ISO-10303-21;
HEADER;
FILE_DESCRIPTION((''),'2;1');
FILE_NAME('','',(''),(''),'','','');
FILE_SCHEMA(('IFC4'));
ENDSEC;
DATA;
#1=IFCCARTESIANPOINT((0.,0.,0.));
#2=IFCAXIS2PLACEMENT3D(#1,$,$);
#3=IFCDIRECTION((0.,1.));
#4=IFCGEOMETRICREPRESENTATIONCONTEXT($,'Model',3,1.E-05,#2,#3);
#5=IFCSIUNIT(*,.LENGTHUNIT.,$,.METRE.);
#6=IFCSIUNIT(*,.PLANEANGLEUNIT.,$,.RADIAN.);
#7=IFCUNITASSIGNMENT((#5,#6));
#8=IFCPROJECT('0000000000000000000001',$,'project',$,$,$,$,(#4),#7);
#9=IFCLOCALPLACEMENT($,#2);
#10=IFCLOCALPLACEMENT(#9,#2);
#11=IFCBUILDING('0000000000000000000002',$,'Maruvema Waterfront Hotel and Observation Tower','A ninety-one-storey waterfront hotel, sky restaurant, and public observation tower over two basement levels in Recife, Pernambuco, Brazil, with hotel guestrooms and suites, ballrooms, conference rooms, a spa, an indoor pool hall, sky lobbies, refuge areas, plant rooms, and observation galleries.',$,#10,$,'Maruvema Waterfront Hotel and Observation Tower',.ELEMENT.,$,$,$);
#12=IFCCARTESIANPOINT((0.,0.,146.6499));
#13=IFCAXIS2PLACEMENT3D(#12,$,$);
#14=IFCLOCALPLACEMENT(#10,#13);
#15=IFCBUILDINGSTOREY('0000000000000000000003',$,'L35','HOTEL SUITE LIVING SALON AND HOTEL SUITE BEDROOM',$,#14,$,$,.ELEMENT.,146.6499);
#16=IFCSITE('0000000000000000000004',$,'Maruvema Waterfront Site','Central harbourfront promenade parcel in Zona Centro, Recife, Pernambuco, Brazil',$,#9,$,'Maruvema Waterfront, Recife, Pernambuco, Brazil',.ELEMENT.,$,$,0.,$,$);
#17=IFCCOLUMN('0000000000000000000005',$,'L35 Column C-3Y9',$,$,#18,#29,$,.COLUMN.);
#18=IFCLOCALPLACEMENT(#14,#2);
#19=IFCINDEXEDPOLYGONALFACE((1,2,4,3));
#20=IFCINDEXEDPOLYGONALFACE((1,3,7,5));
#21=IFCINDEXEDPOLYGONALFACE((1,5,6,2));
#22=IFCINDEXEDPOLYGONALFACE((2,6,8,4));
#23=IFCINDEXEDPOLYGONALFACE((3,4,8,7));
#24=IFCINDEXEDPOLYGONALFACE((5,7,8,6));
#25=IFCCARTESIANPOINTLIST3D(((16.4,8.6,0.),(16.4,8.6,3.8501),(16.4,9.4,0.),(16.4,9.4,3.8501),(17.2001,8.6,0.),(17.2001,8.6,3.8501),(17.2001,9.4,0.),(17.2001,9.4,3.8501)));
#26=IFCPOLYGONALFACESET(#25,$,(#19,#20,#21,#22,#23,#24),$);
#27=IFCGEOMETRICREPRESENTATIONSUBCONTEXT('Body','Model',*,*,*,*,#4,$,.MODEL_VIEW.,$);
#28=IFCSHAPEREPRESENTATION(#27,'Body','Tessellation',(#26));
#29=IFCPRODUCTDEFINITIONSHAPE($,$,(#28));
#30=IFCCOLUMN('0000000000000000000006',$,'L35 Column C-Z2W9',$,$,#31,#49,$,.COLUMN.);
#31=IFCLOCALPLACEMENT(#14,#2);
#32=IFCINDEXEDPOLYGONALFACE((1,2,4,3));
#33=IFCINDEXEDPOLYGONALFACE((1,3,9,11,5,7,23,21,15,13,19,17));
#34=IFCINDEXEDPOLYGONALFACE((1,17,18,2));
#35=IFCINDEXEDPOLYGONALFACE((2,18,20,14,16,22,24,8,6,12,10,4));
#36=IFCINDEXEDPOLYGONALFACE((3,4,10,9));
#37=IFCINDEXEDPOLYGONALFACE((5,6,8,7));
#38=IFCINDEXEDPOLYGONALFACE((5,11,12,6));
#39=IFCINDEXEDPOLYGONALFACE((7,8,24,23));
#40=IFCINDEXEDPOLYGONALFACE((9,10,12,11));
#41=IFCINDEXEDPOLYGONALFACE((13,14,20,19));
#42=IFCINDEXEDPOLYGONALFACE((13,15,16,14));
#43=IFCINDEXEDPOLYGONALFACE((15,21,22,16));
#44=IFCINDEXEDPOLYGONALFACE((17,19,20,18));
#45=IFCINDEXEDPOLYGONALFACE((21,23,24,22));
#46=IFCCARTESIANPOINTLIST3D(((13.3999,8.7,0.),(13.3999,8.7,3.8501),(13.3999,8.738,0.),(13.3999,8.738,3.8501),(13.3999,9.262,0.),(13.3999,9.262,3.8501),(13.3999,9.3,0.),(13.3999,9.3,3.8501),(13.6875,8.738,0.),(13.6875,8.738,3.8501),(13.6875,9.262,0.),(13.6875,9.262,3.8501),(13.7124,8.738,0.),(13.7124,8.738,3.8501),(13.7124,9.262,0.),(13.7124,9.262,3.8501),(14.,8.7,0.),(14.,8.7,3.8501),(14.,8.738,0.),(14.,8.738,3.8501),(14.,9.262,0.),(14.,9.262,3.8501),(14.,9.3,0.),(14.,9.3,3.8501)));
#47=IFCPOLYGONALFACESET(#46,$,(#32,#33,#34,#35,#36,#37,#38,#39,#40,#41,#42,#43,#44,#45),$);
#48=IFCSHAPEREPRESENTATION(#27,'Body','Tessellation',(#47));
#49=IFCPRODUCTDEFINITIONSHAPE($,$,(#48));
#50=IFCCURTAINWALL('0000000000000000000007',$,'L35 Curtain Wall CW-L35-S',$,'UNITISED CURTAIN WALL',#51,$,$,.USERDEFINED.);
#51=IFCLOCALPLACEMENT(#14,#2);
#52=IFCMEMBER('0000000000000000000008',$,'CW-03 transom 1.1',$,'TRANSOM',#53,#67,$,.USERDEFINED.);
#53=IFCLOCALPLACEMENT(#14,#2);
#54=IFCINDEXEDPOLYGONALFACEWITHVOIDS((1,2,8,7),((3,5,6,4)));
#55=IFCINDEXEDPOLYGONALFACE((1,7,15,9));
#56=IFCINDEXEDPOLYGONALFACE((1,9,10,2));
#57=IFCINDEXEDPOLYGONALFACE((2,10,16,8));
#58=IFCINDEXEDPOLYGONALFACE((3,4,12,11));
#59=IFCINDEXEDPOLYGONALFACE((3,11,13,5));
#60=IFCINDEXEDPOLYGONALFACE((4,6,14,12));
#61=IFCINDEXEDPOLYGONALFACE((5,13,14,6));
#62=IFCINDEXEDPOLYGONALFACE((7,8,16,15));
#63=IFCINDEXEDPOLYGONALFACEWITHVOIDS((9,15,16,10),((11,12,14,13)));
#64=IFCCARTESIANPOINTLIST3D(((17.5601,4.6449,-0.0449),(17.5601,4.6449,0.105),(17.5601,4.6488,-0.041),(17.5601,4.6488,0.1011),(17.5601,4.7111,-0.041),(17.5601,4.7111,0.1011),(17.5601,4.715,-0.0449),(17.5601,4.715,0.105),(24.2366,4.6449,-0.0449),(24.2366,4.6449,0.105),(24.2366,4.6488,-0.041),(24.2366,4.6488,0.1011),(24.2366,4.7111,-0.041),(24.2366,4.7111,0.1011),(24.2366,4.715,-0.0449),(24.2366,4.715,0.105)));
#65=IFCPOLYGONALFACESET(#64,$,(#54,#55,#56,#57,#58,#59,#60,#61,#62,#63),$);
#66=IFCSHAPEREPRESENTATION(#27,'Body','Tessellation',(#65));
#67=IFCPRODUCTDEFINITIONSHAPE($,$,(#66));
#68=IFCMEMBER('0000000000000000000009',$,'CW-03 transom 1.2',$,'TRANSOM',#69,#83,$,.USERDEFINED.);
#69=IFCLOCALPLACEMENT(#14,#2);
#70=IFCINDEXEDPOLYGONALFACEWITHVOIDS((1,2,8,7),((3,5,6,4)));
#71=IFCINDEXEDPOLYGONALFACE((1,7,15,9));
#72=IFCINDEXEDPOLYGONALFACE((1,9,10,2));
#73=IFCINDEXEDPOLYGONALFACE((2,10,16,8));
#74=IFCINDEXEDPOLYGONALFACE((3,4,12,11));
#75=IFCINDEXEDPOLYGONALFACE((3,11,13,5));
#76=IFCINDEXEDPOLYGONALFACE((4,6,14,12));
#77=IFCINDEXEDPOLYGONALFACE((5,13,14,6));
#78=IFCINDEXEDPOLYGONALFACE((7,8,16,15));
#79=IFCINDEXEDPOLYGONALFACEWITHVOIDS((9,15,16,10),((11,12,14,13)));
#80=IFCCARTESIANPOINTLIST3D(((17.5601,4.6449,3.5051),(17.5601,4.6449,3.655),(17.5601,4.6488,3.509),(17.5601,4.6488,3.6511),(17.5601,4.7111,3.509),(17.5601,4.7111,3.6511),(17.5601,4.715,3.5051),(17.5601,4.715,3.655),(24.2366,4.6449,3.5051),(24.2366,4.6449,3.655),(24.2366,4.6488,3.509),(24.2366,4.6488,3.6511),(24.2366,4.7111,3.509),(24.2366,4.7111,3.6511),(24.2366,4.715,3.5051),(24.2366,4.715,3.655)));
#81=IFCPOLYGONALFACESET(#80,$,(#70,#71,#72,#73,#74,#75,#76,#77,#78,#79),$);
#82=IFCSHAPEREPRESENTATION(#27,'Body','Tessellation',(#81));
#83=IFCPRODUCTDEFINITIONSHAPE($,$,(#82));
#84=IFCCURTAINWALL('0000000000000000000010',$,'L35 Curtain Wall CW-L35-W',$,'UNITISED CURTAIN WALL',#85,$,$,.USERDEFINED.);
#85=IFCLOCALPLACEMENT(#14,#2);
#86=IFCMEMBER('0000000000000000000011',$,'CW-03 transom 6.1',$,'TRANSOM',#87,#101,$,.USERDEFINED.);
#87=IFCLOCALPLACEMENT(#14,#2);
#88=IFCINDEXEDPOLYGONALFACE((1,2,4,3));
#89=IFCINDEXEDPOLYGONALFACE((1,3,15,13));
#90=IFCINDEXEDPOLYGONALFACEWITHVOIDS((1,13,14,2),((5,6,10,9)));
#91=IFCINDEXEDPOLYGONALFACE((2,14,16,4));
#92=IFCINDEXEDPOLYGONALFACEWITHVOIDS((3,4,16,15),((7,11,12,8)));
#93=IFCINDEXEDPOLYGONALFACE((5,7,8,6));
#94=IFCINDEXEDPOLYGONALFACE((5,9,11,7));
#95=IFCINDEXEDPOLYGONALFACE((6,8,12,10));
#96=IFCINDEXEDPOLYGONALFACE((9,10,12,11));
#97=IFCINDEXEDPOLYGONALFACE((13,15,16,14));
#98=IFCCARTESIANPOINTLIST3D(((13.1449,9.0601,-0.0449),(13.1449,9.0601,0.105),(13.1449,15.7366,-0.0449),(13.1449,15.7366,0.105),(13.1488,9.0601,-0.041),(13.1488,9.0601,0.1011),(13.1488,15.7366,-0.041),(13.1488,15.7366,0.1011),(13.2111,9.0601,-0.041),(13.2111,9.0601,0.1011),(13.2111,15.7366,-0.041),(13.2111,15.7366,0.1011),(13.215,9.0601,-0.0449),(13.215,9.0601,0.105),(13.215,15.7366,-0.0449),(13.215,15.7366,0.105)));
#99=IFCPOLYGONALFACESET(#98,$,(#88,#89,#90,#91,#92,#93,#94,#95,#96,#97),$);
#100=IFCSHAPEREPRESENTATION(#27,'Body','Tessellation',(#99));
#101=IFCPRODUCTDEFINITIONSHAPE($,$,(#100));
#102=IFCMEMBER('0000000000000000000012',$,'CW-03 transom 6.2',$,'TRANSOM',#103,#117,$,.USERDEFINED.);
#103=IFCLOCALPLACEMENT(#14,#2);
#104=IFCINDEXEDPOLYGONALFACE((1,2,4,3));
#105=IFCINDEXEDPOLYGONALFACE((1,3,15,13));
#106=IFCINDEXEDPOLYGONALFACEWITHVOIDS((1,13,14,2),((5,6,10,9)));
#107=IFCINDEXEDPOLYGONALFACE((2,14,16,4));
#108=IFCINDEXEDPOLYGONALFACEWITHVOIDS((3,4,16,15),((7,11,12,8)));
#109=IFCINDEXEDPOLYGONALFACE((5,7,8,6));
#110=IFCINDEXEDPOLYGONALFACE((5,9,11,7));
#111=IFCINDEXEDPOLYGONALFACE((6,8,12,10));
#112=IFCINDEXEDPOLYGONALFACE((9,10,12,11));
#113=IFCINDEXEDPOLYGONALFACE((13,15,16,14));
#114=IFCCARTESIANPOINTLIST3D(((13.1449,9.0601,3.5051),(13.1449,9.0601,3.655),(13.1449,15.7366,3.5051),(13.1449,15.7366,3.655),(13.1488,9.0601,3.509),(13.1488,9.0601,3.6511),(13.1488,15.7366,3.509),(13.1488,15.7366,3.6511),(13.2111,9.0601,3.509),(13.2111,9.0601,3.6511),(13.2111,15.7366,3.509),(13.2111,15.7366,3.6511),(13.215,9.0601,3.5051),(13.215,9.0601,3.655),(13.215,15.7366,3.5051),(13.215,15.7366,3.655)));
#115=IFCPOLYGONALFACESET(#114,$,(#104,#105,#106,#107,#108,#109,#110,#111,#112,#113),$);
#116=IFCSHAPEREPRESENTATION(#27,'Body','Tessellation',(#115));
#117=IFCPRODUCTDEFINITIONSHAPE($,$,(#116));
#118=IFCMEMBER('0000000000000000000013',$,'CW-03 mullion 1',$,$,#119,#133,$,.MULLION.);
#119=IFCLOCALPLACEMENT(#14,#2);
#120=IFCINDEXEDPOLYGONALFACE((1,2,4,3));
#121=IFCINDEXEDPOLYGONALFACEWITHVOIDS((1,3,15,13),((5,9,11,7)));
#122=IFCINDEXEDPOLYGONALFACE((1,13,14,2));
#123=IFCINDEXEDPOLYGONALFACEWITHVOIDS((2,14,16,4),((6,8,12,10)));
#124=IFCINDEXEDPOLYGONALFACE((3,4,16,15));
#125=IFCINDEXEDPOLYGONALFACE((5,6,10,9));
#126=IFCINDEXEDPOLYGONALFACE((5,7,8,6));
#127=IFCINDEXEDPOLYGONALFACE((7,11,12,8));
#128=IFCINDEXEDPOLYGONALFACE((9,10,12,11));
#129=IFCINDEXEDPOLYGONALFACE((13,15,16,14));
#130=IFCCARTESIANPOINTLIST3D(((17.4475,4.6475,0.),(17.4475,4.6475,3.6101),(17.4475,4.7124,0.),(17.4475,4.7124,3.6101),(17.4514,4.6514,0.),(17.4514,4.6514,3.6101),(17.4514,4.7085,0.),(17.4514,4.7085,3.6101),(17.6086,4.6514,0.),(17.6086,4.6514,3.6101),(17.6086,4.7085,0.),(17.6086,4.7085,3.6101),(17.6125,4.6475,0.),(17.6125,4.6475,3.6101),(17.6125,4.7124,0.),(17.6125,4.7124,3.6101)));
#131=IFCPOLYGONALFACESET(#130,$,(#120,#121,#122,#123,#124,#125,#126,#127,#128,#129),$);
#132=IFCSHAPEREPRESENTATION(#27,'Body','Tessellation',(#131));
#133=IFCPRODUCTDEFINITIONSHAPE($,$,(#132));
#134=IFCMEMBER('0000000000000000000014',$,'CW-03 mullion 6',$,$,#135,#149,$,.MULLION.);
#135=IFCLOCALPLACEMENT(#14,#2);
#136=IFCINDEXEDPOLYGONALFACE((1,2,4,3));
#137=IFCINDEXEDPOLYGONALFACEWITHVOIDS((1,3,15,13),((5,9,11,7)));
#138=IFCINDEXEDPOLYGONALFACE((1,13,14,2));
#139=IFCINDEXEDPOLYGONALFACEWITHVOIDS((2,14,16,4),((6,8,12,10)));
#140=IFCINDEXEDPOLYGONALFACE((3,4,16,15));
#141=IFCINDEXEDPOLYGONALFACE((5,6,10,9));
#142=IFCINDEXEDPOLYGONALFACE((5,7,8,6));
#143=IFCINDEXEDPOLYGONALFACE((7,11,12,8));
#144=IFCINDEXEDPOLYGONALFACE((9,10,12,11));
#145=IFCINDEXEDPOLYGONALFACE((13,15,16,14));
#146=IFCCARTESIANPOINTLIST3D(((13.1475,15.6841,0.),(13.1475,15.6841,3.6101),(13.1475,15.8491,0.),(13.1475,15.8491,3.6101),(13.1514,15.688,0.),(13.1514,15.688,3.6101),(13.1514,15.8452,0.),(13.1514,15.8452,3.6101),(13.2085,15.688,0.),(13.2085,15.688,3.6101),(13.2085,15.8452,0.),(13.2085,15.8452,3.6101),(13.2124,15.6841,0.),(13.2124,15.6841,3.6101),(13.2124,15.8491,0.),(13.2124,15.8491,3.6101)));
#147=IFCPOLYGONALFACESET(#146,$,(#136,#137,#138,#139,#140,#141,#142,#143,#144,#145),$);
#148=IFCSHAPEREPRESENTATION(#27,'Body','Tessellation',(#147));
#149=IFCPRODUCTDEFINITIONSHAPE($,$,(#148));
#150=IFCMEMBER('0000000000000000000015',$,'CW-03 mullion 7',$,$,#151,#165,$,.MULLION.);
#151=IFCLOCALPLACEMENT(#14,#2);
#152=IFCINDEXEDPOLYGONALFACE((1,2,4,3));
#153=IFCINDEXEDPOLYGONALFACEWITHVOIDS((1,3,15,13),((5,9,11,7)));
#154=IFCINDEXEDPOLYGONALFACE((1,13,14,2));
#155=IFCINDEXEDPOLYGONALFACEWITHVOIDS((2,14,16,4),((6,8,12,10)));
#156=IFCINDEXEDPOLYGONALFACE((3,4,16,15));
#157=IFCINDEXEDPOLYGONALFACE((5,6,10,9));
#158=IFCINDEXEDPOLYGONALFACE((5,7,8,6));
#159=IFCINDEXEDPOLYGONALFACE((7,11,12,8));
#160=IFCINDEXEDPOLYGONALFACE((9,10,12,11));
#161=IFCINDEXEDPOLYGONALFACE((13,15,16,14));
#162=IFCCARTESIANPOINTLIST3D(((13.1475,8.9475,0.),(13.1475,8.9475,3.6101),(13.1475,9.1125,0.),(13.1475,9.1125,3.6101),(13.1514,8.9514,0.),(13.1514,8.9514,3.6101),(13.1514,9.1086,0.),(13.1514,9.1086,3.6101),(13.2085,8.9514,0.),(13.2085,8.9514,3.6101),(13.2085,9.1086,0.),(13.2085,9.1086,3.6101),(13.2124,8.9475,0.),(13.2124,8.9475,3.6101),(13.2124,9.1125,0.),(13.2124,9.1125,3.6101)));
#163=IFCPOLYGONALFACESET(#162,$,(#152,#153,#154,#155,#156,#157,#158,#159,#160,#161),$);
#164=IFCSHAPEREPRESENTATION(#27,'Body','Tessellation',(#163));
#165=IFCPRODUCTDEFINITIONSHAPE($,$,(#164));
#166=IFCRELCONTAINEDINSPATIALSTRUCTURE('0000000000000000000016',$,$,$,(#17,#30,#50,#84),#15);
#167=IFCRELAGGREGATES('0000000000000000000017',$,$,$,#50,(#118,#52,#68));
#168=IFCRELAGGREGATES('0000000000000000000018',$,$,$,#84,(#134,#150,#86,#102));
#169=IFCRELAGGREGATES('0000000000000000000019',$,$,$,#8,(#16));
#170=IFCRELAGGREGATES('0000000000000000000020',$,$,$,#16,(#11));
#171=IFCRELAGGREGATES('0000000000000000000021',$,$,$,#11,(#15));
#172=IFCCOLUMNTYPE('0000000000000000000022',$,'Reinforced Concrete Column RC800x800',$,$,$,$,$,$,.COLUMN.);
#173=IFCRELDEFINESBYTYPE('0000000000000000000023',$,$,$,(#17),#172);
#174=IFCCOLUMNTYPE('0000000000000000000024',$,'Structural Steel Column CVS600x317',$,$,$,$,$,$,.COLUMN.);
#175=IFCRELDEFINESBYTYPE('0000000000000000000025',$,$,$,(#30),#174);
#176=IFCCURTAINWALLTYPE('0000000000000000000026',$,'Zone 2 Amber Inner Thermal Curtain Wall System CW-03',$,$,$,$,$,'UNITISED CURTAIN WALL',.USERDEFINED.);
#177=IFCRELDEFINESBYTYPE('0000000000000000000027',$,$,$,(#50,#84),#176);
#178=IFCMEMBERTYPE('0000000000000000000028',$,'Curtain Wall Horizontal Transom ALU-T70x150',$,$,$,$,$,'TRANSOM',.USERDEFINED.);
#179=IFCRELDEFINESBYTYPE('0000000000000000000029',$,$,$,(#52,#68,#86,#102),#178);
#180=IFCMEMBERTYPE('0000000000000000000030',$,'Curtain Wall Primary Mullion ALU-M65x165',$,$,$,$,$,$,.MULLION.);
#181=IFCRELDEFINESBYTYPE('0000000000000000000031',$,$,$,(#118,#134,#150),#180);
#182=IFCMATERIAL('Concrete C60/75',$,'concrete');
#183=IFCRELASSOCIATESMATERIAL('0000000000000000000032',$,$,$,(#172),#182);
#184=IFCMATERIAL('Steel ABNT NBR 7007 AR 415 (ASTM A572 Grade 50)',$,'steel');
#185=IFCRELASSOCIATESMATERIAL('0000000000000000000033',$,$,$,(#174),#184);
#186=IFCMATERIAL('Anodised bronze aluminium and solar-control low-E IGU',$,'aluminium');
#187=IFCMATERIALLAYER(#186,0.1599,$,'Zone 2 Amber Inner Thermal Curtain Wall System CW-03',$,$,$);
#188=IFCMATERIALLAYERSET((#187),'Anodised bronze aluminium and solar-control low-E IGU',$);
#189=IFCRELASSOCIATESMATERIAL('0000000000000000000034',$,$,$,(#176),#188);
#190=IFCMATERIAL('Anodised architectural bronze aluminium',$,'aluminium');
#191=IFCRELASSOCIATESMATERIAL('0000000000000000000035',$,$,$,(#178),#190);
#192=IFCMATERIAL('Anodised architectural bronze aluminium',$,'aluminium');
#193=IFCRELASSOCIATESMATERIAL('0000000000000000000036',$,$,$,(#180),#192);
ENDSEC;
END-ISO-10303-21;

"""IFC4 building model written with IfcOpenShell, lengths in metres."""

from ifc_helpers import new_model, si_unit, direction, frame, origin, origin_2d, place, context, subcontext, project, spatial, rectangle, hollow_rectangle, i_section, extrude, material, layer, layer_set, material_profile, profile_set, type_object, element, aggregate, save


model = new_model("IFC4")

# Units and contexts
model_context = context("Model", 3, precision=1e-05, world=origin(), true_north=direction((0.0, 1.0)))
body_context = subcontext(model_context, "Body", "Model", "MODEL_VIEW")
ifc_project = project(units=[si_unit("LENGTHUNIT", "METRE"), si_unit("PLANEANGLEUNIT", "RADIAN")], contexts=[model_context])

# Site, building, storey
site_placement = place(None, origin())
site = spatial("IfcSite", under=ifc_project, at=site_placement, Name="Maruvema Waterfront Site", Description="Central harbourfront promenade parcel in Zona Centro, Recife, Pernambuco, Brazil", LongName="Maruvema Waterfront, Recife, Pernambuco, Brazil", CompositionType="ELEMENT", RefElevation=0.0)
building_placement = place(site_placement, origin())
building = spatial("IfcBuilding", under=site, at=building_placement, Name="Maruvema Waterfront Hotel and Observation Tower", Description="A ninety-one-storey waterfront hotel, sky restaurant, and public observation tower over two basement levels in Recife, Pernambuco, Brazil, with hotel guestrooms and suites, ballrooms, conference rooms, a spa, an indoor pool hall, sky lobbies, refuge areas, plant rooms, and observation galleries.", LongName="Maruvema Waterfront Hotel and Observation Tower", CompositionType="ELEMENT")
storey_placement = place(building_placement, frame((0.0, 0.0, 146.6499)))
storey = spatial("IfcBuildingStorey", under=building, at=storey_placement, Name="L35", Description="HOTEL SUITE LIVING SALON AND HOTEL SUITE BEDROOM", CompositionType="ELEMENT", Elevation=146.6499)

# Columns
ifc_material_1 = material(Name="Concrete C60/75", Category="concrete")
ifc_material_profile_1 = material_profile(ifc_material_1, rectangle(XDim=0.8, YDim=0.8, at=origin_2d()), Name="RC800x800")
ifc_profile_set_1 = profile_set([ifc_material_profile_1], Name="Concrete C60/75")
column_type_1 = type_object("IfcColumnType", Name="Reinforced Concrete Column RC800x800", PredefinedType="COLUMN", material=ifc_profile_set_1)
column_1_placement = place(storey_placement, frame((16.8, 9.0, 0.0), z_axis=(0.0, 0.0, 1.0), x_axis=(1.0, 0.0, 0.0)))
element("IfcColumn", 1, at=column_1_placement, inside=storey, type_object=column_type_1, Name="L35 Column C-3Y9", PredefinedType="COLUMN", context=body_context, shape_type="SweptSolid", body=[
    extrude(rectangle(XDim=0.8, YDim=0.8, at=origin_2d()), origin(), (0.0, 0.0, 1.0), 3.8501),
])
ifc_material_2 = material(Name="Steel ABNT NBR 7007 AR 415 (ASTM A572 Grade 50)", Category="steel")
ifc_material_profile_2 = material_profile(ifc_material_2, i_section(OverallWidth=0.6001, OverallDepth=0.6001, WebThickness=0.0249, FlangeThickness=0.0381, at=origin_2d()), Name="CVS600x317")
ifc_profile_set_2 = profile_set([ifc_material_profile_2], Name="Steel ABNT NBR 7007 AR 415 (ASTM A572 Grade 50)")
column_type_2 = type_object("IfcColumnType", Name="Structural Steel Column CVS600x317", PredefinedType="COLUMN", material=ifc_profile_set_2)
column_2_placement = place(storey_placement, frame((13.7, 9.0, 0.0), z_axis=(0.0, 0.0, 1.0), x_axis=(1.0, 0.0, 0.0)))
element("IfcColumn", 2, at=column_2_placement, inside=storey, type_object=column_type_2, Name="L35 Column C-Z2W9", PredefinedType="COLUMN", context=body_context, shape_type="SweptSolid", body=[
    extrude(i_section(OverallWidth=0.6001, OverallDepth=0.6001, WebThickness=0.0249, FlangeThickness=0.0381, at=origin_2d()), origin(), (0.0, 0.0, 1.0), 3.8501),
])

# Curtain walls, members
ifc_material_3 = material(Name="Anodised bronze aluminium and solar-control low-E IGU", Category="aluminium")
ifc_layer_1 = layer(ifc_material_3, 0.1599, Name="Zone 2 Amber Inner Thermal Curtain Wall System CW-03")
ifc_layer_set_1 = layer_set([ifc_layer_1], Name="Anodised bronze aluminium and solar-control low-E IGU")
curtain_wall_type = type_object("IfcCurtainWallType", Name="Zone 2 Amber Inner Thermal Curtain Wall System CW-03", ElementType="UNITISED CURTAIN WALL", PredefinedType="USERDEFINED", material=ifc_layer_set_1)
curtain_wall_1_placement = place(storey_placement, origin())
curtain_wall_1 = element("IfcCurtainWall", 3, at=curtain_wall_1_placement, inside=storey, type_object=curtain_wall_type, Name="L35 Curtain Wall CW-L35-S", ObjectType="UNITISED CURTAIN WALL", PredefinedType="USERDEFINED")
ifc_material_4 = material(Name="Anodised architectural bronze aluminium", Category="aluminium")
ifc_material_profile_3 = material_profile(ifc_material_4, hollow_rectangle(XDim=0.0701, YDim=0.1499, WallThickness=0.0039, at=origin_2d()), Name="ALU-T70x150")
ifc_profile_set_3 = profile_set([ifc_material_profile_3], Name="Anodised architectural bronze aluminium")
member_type_1 = type_object("IfcMemberType", Name="Curtain Wall Horizontal Transom ALU-T70x150", ElementType="TRANSOM", PredefinedType="USERDEFINED", material=ifc_profile_set_3)
member_1_placement = place(storey_placement, frame((17.5601, 4.6799, 0.03), z_axis=(1.0, 0.0, 0.0), x_axis=(0.0, 1.0, 0.0)))
member_1 = element("IfcMember", 4, at=member_1_placement, type_object=member_type_1, Name="CW-03 transom 1.1", ObjectType="TRANSOM", PredefinedType="USERDEFINED", context=body_context, shape_type="SweptSolid", body=[
    extrude(hollow_rectangle(XDim=0.0701, YDim=0.1499, WallThickness=0.0039, at=origin_2d()), origin(), (0.0, 0.0, 1.0), 6.6765),
])
member_2_placement = place(storey_placement, frame((17.5601, 4.6799, 3.5801), z_axis=(1.0, 0.0, 0.0), x_axis=(0.0, 1.0, 0.0)))
member_2 = element("IfcMember", 5, at=member_2_placement, type_object=member_type_1, Name="CW-03 transom 1.2", ObjectType="TRANSOM", PredefinedType="USERDEFINED", context=body_context, shape_type="SweptSolid", body=[
    extrude(hollow_rectangle(XDim=0.0701, YDim=0.1499, WallThickness=0.0039, at=origin_2d()), origin(), (0.0, 0.0, 1.0), 6.6765),
])
curtain_wall_2_placement = place(storey_placement, origin())
curtain_wall_2 = element("IfcCurtainWall", 6, at=curtain_wall_2_placement, inside=storey, type_object=curtain_wall_type, Name="L35 Curtain Wall CW-L35-W", ObjectType="UNITISED CURTAIN WALL", PredefinedType="USERDEFINED")
member_3_placement = place(storey_placement, frame((13.1799, 15.7366, 0.03), z_axis=(0.0, -1.0, 0.0), x_axis=(1.0, 0.0, 0.0)))
member_3 = element("IfcMember", 7, at=member_3_placement, type_object=member_type_1, Name="CW-03 transom 6.1", ObjectType="TRANSOM", PredefinedType="USERDEFINED", context=body_context, shape_type="SweptSolid", body=[
    extrude(hollow_rectangle(XDim=0.0701, YDim=0.1499, WallThickness=0.0039, at=origin_2d()), origin(), (0.0, 0.0, 1.0), 6.6765),
])
member_4_placement = place(storey_placement, frame((13.1799, 15.7366, 3.5801), z_axis=(0.0, -1.0, 0.0), x_axis=(1.0, 0.0, 0.0)))
member_4 = element("IfcMember", 8, at=member_4_placement, type_object=member_type_1, Name="CW-03 transom 6.2", ObjectType="TRANSOM", PredefinedType="USERDEFINED", context=body_context, shape_type="SweptSolid", body=[
    extrude(hollow_rectangle(XDim=0.0701, YDim=0.1499, WallThickness=0.0039, at=origin_2d()), origin(), (0.0, 0.0, 1.0), 6.6765),
])

# Members
ifc_material_5 = material(Name="Anodised architectural bronze aluminium", Category="aluminium")
ifc_material_profile_4 = material_profile(ifc_material_5, hollow_rectangle(XDim=0.0649, YDim=0.165, WallThickness=0.0039, at=origin_2d()), Name="ALU-M65x165")
ifc_profile_set_4 = profile_set([ifc_material_profile_4], Name="Anodised architectural bronze aluminium")
member_type_2 = type_object("IfcMemberType", Name="Curtain Wall Primary Mullion ALU-M65x165", PredefinedType="MULLION", material=ifc_profile_set_4)
member_5_placement = place(storey_placement, frame((17.53, 4.6799, 0.0), z_axis=(0.0, 0.0, 1.0), x_axis=(0.0, 1.0, 0.0)))
member_5 = element("IfcMember", 9, at=member_5_placement, type_object=member_type_2, Name="CW-03 mullion 1", PredefinedType="MULLION", context=body_context, shape_type="SweptSolid", body=[
    extrude(hollow_rectangle(XDim=0.0649, YDim=0.165, WallThickness=0.0039, at=origin_2d()), origin(), (0.0, 0.0, 1.0), 3.6101),
])
member_6_placement = place(storey_placement, frame((13.1799, 15.7666, 0.0), z_axis=(0.0, 0.0, 1.0), x_axis=(1.0, 0.0, 0.0)))
member_6 = element("IfcMember", 10, at=member_6_placement, type_object=member_type_2, Name="CW-03 mullion 6", PredefinedType="MULLION", context=body_context, shape_type="SweptSolid", body=[
    extrude(hollow_rectangle(XDim=0.0649, YDim=0.165, WallThickness=0.0039, at=origin_2d()), origin(), (0.0, 0.0, 1.0), 3.6101),
])
member_7_placement = place(storey_placement, frame((13.1799, 9.03, 0.0), z_axis=(0.0, 0.0, 1.0), x_axis=(1.0, 0.0, 0.0)))
member_7 = element("IfcMember", 11, at=member_7_placement, type_object=member_type_2, Name="CW-03 mullion 7", PredefinedType="MULLION", context=body_context, shape_type="SweptSolid", body=[
    extrude(hollow_rectangle(XDim=0.0649, YDim=0.165, WallThickness=0.0039, at=origin_2d()), origin(), (0.0, 0.0, 1.0), 3.6101),
])

aggregate(curtain_wall_1, [member_5, member_1, member_2])
aggregate(curtain_wall_2, [member_6, member_7, member_3, member_4])

save(model, "model.ifc")
